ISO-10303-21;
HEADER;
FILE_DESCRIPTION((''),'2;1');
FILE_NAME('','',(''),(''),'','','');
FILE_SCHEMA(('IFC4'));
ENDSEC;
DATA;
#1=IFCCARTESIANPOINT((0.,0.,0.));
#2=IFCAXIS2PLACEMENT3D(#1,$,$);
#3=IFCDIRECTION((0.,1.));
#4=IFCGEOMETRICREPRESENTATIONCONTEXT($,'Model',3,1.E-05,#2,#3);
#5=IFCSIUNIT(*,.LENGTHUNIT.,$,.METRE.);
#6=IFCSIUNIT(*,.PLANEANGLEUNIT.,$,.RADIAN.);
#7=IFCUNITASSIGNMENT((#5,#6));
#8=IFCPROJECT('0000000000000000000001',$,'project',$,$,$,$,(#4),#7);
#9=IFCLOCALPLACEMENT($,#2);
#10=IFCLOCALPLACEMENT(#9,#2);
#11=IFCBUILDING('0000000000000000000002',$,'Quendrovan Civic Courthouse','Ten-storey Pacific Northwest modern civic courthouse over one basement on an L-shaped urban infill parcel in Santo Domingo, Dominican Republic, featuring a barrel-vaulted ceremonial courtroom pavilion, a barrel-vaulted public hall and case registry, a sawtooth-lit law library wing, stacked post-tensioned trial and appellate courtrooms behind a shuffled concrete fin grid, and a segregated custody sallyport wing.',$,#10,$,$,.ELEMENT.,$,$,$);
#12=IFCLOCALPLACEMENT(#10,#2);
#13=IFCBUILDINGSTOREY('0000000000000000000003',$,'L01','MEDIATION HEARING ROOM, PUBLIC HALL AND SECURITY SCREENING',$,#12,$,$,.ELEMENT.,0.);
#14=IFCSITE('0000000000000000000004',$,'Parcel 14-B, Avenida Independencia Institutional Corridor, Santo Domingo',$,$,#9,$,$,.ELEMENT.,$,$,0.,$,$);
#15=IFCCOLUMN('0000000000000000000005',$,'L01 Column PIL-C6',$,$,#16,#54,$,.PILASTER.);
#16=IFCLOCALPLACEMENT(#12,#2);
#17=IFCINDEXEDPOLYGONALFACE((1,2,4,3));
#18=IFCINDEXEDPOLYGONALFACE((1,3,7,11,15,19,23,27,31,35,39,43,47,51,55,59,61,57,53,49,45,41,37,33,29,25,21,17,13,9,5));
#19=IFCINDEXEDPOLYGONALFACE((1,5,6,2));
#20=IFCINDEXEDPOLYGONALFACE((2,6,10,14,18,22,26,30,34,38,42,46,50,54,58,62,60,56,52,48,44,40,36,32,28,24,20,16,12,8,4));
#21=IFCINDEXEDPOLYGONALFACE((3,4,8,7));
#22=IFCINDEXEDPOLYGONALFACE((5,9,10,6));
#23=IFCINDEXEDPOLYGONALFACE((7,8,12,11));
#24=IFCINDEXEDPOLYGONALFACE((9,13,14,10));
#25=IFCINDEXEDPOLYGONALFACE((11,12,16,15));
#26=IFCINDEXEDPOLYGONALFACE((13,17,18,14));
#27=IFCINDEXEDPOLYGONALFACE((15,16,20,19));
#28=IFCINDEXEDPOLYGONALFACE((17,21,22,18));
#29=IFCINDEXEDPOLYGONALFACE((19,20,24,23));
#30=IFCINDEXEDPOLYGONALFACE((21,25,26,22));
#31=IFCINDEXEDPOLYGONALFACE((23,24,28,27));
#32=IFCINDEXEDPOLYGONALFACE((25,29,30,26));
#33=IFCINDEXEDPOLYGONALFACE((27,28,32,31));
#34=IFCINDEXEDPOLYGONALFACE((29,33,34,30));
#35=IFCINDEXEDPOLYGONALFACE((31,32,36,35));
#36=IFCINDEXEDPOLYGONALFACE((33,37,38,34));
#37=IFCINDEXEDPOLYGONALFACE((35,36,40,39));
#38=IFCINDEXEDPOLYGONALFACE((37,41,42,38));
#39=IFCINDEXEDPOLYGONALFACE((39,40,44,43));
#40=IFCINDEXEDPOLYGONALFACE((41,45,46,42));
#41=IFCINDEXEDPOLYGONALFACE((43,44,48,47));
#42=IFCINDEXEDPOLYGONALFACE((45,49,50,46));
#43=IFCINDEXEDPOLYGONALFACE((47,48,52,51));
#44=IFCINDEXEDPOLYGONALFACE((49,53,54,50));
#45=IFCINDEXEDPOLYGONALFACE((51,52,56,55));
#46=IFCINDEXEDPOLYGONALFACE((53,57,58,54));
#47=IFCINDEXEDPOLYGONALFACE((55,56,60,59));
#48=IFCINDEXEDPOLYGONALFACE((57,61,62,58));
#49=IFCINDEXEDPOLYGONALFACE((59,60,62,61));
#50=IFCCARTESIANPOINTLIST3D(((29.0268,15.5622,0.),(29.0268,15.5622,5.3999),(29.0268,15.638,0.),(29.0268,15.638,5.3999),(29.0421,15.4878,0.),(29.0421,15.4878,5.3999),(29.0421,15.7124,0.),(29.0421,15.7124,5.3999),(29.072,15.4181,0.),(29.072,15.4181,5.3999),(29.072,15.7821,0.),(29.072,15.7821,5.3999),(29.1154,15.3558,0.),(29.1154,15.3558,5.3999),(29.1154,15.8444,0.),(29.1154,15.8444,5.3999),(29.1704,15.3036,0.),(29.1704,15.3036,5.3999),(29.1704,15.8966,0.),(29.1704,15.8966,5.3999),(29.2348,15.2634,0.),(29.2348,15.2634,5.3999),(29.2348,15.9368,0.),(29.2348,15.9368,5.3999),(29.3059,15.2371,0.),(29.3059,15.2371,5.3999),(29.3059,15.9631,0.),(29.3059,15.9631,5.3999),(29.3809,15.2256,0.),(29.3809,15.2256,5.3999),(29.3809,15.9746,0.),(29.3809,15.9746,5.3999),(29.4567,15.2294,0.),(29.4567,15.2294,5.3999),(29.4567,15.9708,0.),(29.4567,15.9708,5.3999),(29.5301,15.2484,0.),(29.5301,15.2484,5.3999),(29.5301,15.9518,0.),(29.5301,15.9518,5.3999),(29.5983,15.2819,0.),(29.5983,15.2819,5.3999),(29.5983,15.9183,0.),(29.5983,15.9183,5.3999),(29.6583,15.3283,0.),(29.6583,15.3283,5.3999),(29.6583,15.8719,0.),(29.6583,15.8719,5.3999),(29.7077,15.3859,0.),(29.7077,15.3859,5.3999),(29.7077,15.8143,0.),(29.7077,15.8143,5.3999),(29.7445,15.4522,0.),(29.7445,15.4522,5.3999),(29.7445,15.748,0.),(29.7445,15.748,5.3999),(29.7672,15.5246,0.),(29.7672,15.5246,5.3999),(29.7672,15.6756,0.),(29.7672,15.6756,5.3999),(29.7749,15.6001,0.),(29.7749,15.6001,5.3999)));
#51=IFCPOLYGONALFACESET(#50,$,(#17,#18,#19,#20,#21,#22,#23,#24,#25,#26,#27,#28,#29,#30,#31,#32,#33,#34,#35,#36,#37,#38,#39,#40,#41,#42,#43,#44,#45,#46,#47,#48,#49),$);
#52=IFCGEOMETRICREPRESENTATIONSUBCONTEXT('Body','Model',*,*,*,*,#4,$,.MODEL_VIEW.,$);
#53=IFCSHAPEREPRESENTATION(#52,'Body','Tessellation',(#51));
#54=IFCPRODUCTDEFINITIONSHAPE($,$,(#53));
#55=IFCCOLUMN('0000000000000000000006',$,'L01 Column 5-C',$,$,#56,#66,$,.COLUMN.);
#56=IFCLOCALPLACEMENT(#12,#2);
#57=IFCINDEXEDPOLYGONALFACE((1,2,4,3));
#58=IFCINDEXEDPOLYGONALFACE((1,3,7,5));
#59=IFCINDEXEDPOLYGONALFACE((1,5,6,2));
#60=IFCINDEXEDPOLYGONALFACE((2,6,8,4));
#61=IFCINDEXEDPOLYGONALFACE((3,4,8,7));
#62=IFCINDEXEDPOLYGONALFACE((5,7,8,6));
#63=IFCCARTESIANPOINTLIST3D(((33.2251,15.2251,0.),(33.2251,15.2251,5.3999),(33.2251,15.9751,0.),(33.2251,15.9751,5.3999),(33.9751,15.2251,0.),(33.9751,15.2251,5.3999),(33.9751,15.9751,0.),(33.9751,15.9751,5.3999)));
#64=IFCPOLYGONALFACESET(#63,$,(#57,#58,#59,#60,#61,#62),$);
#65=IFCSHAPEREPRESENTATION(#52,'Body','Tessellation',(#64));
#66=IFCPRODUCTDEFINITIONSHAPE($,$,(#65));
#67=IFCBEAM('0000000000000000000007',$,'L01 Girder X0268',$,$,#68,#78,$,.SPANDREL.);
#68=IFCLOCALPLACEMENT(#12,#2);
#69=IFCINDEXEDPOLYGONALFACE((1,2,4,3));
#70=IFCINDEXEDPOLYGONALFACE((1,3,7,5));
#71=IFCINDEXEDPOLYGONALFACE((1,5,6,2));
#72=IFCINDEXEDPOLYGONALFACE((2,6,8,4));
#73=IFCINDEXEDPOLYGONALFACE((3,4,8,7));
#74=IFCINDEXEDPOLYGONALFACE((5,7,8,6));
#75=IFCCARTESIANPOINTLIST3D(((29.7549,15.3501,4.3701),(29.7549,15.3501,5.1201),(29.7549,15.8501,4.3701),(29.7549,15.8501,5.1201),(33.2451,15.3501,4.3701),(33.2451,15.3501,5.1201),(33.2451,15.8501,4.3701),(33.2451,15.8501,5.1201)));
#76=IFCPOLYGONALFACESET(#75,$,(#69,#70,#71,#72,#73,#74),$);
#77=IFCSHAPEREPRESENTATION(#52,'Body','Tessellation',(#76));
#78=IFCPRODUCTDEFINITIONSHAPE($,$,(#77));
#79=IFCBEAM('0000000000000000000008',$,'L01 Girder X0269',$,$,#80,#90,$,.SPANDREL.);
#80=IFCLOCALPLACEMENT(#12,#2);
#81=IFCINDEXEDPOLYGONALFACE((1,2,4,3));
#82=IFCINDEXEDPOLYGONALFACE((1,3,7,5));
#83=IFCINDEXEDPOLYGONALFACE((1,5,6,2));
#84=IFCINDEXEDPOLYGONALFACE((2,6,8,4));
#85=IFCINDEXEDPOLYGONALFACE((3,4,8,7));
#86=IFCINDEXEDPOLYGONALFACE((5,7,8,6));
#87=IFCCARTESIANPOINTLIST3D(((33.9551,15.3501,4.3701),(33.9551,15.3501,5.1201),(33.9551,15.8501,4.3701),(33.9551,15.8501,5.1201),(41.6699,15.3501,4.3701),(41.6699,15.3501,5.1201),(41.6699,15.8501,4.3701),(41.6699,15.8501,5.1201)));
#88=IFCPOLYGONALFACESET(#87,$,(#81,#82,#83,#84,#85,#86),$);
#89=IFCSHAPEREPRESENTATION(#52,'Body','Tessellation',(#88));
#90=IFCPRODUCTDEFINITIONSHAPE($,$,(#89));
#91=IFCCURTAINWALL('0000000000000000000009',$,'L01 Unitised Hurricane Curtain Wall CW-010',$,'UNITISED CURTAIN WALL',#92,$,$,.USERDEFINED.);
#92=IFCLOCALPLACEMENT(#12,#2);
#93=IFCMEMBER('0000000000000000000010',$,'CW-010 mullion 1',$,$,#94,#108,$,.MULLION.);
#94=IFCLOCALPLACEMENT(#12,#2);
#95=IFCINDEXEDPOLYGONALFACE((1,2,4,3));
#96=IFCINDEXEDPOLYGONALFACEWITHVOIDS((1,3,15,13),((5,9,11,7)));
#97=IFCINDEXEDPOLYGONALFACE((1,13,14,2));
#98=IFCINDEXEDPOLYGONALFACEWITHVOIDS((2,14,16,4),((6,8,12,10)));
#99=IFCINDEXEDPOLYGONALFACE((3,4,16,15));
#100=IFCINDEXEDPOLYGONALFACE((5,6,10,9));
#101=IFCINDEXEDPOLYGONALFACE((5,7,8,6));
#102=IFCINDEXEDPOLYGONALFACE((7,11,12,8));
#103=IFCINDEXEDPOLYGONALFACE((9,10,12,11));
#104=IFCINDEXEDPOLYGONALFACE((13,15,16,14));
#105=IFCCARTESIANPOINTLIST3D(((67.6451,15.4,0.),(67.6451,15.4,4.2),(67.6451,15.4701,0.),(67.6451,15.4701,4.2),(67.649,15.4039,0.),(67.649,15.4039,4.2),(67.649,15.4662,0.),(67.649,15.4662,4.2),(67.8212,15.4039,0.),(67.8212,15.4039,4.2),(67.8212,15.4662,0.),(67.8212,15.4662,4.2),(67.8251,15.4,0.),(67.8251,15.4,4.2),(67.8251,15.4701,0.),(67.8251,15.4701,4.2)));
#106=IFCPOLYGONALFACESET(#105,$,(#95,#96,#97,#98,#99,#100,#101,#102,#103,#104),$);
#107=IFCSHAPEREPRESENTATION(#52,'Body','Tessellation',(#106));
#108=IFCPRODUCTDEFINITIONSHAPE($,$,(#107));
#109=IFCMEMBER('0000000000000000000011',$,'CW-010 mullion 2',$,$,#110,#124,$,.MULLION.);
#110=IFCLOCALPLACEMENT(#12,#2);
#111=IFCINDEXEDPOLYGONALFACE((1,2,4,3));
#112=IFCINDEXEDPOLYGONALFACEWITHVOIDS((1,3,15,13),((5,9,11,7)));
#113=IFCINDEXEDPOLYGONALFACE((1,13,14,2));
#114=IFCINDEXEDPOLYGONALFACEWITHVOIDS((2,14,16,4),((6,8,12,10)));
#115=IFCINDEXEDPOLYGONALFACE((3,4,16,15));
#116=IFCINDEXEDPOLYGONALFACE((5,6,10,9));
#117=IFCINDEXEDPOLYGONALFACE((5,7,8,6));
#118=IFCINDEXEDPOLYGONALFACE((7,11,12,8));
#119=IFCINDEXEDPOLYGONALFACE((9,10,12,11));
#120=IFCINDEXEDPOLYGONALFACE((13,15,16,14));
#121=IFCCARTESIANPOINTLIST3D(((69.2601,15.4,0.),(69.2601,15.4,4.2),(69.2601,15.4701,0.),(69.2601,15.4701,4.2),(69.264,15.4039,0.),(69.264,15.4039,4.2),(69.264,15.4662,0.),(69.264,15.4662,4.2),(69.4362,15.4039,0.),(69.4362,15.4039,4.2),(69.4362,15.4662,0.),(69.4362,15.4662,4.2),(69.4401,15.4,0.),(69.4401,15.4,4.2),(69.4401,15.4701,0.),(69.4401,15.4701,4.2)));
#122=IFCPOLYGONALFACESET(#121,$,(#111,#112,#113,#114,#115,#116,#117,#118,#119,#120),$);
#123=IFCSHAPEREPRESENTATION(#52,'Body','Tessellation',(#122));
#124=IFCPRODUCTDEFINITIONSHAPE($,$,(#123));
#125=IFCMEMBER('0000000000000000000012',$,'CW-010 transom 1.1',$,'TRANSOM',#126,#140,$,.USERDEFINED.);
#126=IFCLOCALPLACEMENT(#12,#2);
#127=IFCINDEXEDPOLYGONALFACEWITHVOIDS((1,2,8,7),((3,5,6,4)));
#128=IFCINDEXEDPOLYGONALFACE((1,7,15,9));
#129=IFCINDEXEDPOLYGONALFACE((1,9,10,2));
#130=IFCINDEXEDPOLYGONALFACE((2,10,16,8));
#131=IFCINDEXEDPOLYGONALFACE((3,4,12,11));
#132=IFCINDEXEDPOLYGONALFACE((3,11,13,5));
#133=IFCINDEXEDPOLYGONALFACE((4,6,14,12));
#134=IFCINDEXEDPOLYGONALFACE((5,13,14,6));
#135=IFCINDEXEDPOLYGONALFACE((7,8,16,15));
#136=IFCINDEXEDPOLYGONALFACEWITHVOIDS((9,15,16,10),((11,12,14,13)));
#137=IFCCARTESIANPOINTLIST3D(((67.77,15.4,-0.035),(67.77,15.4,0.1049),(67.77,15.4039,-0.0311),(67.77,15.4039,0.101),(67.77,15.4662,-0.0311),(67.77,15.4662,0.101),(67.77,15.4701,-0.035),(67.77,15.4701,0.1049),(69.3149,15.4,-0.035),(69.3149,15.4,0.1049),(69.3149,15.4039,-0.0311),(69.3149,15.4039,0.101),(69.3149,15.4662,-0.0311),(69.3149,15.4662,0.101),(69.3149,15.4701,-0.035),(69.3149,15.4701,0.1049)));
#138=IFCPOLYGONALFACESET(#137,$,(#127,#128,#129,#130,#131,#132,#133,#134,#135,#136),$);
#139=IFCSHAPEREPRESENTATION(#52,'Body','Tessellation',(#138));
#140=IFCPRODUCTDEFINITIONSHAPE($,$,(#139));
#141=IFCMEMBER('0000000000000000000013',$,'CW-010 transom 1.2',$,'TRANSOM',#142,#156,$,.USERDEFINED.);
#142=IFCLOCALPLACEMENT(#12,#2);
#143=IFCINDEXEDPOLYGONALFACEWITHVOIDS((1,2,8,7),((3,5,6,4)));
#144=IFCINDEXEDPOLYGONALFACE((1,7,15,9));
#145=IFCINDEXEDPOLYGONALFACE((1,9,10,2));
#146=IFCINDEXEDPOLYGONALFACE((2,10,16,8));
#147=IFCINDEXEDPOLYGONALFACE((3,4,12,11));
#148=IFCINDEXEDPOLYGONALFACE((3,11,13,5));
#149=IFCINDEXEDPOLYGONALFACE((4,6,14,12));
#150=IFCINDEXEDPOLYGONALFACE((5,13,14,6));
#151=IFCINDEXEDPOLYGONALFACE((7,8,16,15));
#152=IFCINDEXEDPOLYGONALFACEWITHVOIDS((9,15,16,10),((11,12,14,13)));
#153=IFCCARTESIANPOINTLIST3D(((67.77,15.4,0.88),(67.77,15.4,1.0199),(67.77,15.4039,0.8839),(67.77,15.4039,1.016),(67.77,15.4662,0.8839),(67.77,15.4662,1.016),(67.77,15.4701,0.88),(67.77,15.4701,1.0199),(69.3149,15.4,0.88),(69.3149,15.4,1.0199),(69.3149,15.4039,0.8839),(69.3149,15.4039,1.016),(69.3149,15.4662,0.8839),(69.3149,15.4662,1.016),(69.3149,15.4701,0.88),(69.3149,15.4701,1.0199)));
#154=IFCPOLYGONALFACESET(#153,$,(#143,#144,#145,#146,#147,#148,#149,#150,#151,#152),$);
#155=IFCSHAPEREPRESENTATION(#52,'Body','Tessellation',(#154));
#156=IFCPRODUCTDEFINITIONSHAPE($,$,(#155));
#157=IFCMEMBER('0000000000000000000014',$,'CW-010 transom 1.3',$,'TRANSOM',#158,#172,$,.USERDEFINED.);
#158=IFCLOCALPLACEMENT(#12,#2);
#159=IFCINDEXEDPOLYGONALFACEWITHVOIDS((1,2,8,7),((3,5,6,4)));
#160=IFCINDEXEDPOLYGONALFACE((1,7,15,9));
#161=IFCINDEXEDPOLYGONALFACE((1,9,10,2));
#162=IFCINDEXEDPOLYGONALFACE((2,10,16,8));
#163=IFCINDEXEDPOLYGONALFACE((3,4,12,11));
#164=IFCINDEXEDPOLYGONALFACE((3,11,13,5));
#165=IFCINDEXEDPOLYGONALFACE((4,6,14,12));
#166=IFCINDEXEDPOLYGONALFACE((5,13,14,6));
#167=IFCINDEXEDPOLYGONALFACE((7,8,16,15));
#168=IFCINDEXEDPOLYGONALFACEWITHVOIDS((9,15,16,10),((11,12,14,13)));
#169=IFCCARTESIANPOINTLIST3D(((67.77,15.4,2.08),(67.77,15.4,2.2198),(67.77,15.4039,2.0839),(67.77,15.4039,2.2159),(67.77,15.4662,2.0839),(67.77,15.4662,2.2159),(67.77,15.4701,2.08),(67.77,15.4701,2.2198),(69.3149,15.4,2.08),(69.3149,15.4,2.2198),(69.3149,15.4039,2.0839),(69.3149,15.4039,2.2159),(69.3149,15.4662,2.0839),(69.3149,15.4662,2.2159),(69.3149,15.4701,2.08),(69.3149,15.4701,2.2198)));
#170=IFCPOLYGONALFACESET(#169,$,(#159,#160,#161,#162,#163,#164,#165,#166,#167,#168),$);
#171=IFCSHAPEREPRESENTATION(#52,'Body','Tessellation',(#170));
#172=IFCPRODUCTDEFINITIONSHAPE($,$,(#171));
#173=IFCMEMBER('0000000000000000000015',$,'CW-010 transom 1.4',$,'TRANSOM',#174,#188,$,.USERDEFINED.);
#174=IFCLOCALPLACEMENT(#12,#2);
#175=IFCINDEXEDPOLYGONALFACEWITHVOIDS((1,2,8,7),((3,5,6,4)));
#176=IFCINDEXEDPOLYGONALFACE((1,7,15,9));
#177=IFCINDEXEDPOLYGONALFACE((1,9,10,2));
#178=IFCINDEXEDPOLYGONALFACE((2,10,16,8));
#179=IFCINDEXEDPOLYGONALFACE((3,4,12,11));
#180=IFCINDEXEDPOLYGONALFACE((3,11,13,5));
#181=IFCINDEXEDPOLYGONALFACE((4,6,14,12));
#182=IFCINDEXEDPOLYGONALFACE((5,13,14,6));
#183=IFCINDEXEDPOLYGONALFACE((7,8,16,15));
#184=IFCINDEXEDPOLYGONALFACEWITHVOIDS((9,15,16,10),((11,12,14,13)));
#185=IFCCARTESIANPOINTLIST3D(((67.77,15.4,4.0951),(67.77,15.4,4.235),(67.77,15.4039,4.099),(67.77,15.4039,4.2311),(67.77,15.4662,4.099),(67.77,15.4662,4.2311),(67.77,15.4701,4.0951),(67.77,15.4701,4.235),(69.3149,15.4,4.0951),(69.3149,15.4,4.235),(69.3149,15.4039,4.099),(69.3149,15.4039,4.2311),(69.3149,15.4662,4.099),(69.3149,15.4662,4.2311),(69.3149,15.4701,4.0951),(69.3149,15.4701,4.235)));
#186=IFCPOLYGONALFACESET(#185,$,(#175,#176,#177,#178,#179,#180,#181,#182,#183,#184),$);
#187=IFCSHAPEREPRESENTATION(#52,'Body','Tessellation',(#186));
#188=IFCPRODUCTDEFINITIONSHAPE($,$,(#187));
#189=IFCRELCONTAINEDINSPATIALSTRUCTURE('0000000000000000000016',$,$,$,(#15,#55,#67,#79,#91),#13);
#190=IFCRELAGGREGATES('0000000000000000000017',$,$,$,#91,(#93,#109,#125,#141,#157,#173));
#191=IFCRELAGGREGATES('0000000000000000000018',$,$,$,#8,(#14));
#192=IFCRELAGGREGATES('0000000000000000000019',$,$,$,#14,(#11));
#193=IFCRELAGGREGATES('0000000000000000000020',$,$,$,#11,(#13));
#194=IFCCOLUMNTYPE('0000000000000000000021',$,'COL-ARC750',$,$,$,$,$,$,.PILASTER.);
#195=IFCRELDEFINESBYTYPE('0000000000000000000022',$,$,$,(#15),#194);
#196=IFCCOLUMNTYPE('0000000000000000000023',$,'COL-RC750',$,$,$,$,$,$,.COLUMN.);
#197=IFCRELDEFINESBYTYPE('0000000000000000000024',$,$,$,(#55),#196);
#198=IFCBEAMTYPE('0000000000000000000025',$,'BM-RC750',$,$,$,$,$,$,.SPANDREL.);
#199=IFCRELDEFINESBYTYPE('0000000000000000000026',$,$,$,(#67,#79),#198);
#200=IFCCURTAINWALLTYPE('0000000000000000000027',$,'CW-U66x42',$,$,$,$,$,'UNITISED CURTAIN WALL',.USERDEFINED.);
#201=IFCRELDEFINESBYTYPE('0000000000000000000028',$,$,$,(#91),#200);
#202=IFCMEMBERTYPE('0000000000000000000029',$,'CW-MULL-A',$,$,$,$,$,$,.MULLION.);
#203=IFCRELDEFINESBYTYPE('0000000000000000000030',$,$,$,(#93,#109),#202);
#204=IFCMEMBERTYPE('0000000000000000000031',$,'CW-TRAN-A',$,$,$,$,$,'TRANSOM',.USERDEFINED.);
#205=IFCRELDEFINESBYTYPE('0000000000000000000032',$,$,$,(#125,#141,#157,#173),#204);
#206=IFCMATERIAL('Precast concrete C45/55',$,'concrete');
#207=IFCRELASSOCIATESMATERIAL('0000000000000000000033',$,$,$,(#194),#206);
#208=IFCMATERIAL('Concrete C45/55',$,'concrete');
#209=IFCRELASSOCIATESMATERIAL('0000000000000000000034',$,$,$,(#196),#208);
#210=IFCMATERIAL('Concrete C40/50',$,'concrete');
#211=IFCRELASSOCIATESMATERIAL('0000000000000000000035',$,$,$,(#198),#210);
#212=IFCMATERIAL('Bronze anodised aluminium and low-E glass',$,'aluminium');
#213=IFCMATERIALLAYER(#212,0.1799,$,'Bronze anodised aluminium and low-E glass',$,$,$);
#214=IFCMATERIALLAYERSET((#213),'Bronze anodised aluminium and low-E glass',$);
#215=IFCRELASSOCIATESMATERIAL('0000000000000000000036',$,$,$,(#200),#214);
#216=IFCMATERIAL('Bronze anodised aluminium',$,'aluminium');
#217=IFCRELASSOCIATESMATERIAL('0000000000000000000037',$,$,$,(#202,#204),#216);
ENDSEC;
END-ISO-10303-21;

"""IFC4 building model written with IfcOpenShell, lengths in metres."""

from ifc_helpers import new_model, si_unit, direction, frame, origin, origin_2d, place, context, subcontext, project, spatial, rectangle, hollow_rectangle, circle, extrude, material, layer, layer_set, material_profile, profile_set, type_object, element, aggregate, save


model = new_model("IFC4")

# Units and contexts
model_context = context("Model", 3, precision=1e-05, world=origin(), true_north=direction((0.0, 1.0)))
body_context = subcontext(model_context, "Body", "Model", "MODEL_VIEW")
ifc_project = project(units=[si_unit("LENGTHUNIT", "METRE"), si_unit("PLANEANGLEUNIT", "RADIAN")], contexts=[model_context])

# Site, building, storey
site_placement = place(None, origin())
site = spatial("IfcSite", under=ifc_project, at=site_placement, Name="Parcel 14-B, Avenida Independencia Institutional Corridor, Santo Domingo", CompositionType="ELEMENT", RefElevation=0.0)
building_placement = place(site_placement, origin())
building = spatial("IfcBuilding", under=site, at=building_placement, Name="Quendrovan Civic Courthouse", Description="Ten-storey Pacific Northwest modern civic courthouse over one basement on an L-shaped urban infill parcel in Santo Domingo, Dominican Republic, featuring a barrel-vaulted ceremonial courtroom pavilion, a barrel-vaulted public hall and case registry, a sawtooth-lit law library wing, stacked post-tensioned trial and appellate courtrooms behind a shuffled concrete fin grid, and a segregated custody sallyport wing.", CompositionType="ELEMENT")
storey_placement = place(building_placement, origin())
storey = spatial("IfcBuildingStorey", under=building, at=storey_placement, Name="L01", Description="MEDIATION HEARING ROOM, PUBLIC HALL AND SECURITY SCREENING", CompositionType="ELEMENT", Elevation=0.0)

# Columns
ifc_material_1 = material(Name="Precast concrete C45/55", Category="concrete")
ifc_material_profile_1 = material_profile(ifc_material_1, circle(Radius=0.375, at=origin_2d()), Name="RC-ARCADE-D750")
ifc_profile_set_1 = profile_set([ifc_material_profile_1], Name="Precast concrete C45/55")
column_type_1 = type_object("IfcColumnType", Name="COL-ARC750", PredefinedType="PILASTER", material=ifc_profile_set_1)
column_1_placement = place(storey_placement, frame((29.3999, 15.6001, 0.0), z_axis=(0.0, 0.0, 1.0), x_axis=(1.0, 0.0, 0.0)))
element("IfcColumn", 1, at=column_1_placement, inside=storey, type_object=column_type_1, Name="L01 Column PIL-C6", PredefinedType="PILASTER", context=body_context, shape_type="SweptSolid", body=[
    extrude(circle(Radius=0.375, at=origin_2d()), origin(), (0.0, 0.0, 1.0), 5.3999),
])
ifc_material_2 = material(Name="Concrete C45/55", Category="concrete")
ifc_material_profile_2 = material_profile(ifc_material_2, rectangle(XDim=0.75, YDim=0.75, at=origin_2d()), Name="RC-COL-750x750")
ifc_profile_set_2 = profile_set([ifc_material_profile_2], Name="Concrete C45/55")
column_type_2 = type_object("IfcColumnType", Name="COL-RC750", PredefinedType="COLUMN", material=ifc_profile_set_2)
column_2_placement = place(storey_placement, frame((33.6001, 15.6001, 0.0), z_axis=(0.0, 0.0, 1.0), x_axis=(1.0, 0.0, 0.0)))
element("IfcColumn", 2, at=column_2_placement, inside=storey, type_object=column_type_2, Name="L01 Column 5-C", PredefinedType="COLUMN", context=body_context, shape_type="SweptSolid", body=[
    extrude(rectangle(XDim=0.75, YDim=0.75, at=origin_2d()), origin(), (0.0, 0.0, 1.0), 5.3999),
])

# Beams
ifc_material_3 = material(Name="Concrete C40/50", Category="concrete")
ifc_material_profile_3 = material_profile(ifc_material_3, rectangle(XDim=0.5, YDim=0.75, at=origin_2d()), Name="RC-BM-500x750")
ifc_profile_set_3 = profile_set([ifc_material_profile_3], Name="Concrete C40/50")
beam_type = type_object("IfcBeamType", Name="BM-RC750", PredefinedType="SPANDREL", material=ifc_profile_set_3)
beam_1_placement = place(storey_placement, frame((29.7549, 15.6001, 4.7451), z_axis=(1.0, 0.0, 0.0), x_axis=(0.0, 1.0, 0.0)))
element("IfcBeam", 3, at=beam_1_placement, inside=storey, type_object=beam_type, Name="L01 Girder X0268", PredefinedType="SPANDREL", context=body_context, shape_type="SweptSolid", body=[
    extrude(rectangle(XDim=0.5, YDim=0.75, at=origin_2d()), origin(), (0.0, 0.0, 1.0), 3.4902),
])
beam_2_placement = place(storey_placement, frame((33.9551, 15.6001, 4.7451), z_axis=(1.0, 0.0, 0.0), x_axis=(0.0, 1.0, 0.0)))
element("IfcBeam", 4, at=beam_2_placement, inside=storey, type_object=beam_type, Name="L01 Girder X0269", PredefinedType="SPANDREL", context=body_context, shape_type="SweptSolid", body=[
    extrude(rectangle(XDim=0.5, YDim=0.75, at=origin_2d()), origin(), (0.0, 0.0, 1.0), 7.7148),
])

# Curtain wall, members
ifc_material_4 = material(Name="Bronze anodised aluminium and low-E glass", Category="aluminium")
ifc_layer_1 = layer(ifc_material_4, 0.1799, Name="Bronze anodised aluminium and low-E glass")
ifc_layer_set_1 = layer_set([ifc_layer_1], Name="Bronze anodised aluminium and low-E glass")
curtain_wall_type = type_object("IfcCurtainWallType", Name="CW-U66x42", ElementType="UNITISED CURTAIN WALL", PredefinedType="USERDEFINED", material=ifc_layer_set_1)
curtain_wall_placement = place(storey_placement, origin())
curtain_wall = element("IfcCurtainWall", 5, at=curtain_wall_placement, inside=storey, type_object=curtain_wall_type, Name="L01 Unitised Hurricane Curtain Wall CW-010", ObjectType="UNITISED CURTAIN WALL", PredefinedType="USERDEFINED")
ifc_material_5 = material(Name="Bronze anodised aluminium", Category="aluminium")
ifc_material_profile_4 = material_profile(ifc_material_5, hollow_rectangle(XDim=0.0701, YDim=0.1799, WallThickness=0.0039, at=origin_2d()), Name="CW-MULL-70x180")
ifc_profile_set_4 = profile_set([ifc_material_profile_4], Name="Bronze anodised aluminium")
member_type_1 = type_object("IfcMemberType", Name="CW-MULL-A", PredefinedType="MULLION", material=ifc_profile_set_4)
member_1_placement = place(storey_placement, frame((67.7351, 15.4351, 0.0), z_axis=(0.0, 0.0, 1.0), x_axis=(0.0, 1.0, 0.0)))
member_1 = element("IfcMember", 6, at=member_1_placement, type_object=member_type_1, Name="CW-010 mullion 1", PredefinedType="MULLION", context=body_context, shape_type="SweptSolid", body=[
    extrude(hollow_rectangle(XDim=0.0701, YDim=0.1799, WallThickness=0.0039, at=origin_2d()), origin(), (0.0, 0.0, 1.0), 4.2),
])
member_2_placement = place(storey_placement, frame((69.3501, 15.4351, 0.0), z_axis=(0.0, 0.0, 1.0), x_axis=(0.0, 1.0, 0.0)))
member_2 = element("IfcMember", 7, at=member_2_placement, type_object=member_type_1, Name="CW-010 mullion 2", PredefinedType="MULLION", context=body_context, shape_type="SweptSolid", body=[
    extrude(hollow_rectangle(XDim=0.0701, YDim=0.1799, WallThickness=0.0039, at=origin_2d()), origin(), (0.0, 0.0, 1.0), 4.2),
])
ifc_material_profile_5 = material_profile(ifc_material_5, hollow_rectangle(XDim=0.0701, YDim=0.1399, WallThickness=0.0039, at=origin_2d()), Name="CW-TRAN-70x140")
ifc_profile_set_5 = profile_set([ifc_material_profile_5], Name="Bronze anodised aluminium")
member_type_2 = type_object("IfcMemberType", Name="CW-TRAN-A", ElementType="TRANSOM", PredefinedType="USERDEFINED", material=ifc_profile_set_5)
member_3_placement = place(storey_placement, frame((67.77, 15.4351, 0.0349), z_axis=(1.0, 0.0, 0.0), x_axis=(0.0, 1.0, 0.0)))
member_3 = element("IfcMember", 8, at=member_3_placement, type_object=member_type_2, Name="CW-010 transom 1.1", ObjectType="TRANSOM", PredefinedType="USERDEFINED", context=body_context, shape_type="SweptSolid", body=[
    extrude(hollow_rectangle(XDim=0.0701, YDim=0.1399, WallThickness=0.0039, at=origin_2d()), origin(), (0.0, 0.0, 1.0), 1.5449),
])
member_4_placement = place(storey_placement, frame((67.77, 15.4351, 0.95), z_axis=(1.0, 0.0, 0.0), x_axis=(0.0, 1.0, 0.0)))
member_4 = element("IfcMember", 9, at=member_4_placement, type_object=member_type_2, Name="CW-010 transom 1.2", ObjectType="TRANSOM", PredefinedType="USERDEFINED", context=body_context, shape_type="SweptSolid", body=[
    extrude(hollow_rectangle(XDim=0.0701, YDim=0.1399, WallThickness=0.0039, at=origin_2d()), origin(), (0.0, 0.0, 1.0), 1.5449),
])
member_5_placement = place(storey_placement, frame((67.77, 15.4351, 2.1499), z_axis=(1.0, 0.0, 0.0), x_axis=(0.0, 1.0, 0.0)))
member_5 = element("IfcMember", 10, at=member_5_placement, type_object=member_type_2, Name="CW-010 transom 1.3", ObjectType="TRANSOM", PredefinedType="USERDEFINED", context=body_context, shape_type="SweptSolid", body=[
    extrude(hollow_rectangle(XDim=0.0701, YDim=0.1399, WallThickness=0.0039, at=origin_2d()), origin(), (0.0, 0.0, 1.0), 1.5449),
])
member_6_placement = place(storey_placement, frame((67.77, 15.4351, 4.165), z_axis=(1.0, 0.0, 0.0), x_axis=(0.0, 1.0, 0.0)))
member_6 = element("IfcMember", 11, at=member_6_placement, type_object=member_type_2, Name="CW-010 transom 1.4", ObjectType="TRANSOM", PredefinedType="USERDEFINED", context=body_context, shape_type="SweptSolid", body=[
    extrude(hollow_rectangle(XDim=0.0701, YDim=0.1399, WallThickness=0.0039, at=origin_2d()), origin(), (0.0, 0.0, 1.0), 1.5449),
])
aggregate(curtain_wall, [member_1, member_2, member_3, member_4, member_5, member_6])

save(model, "model.ifc")
